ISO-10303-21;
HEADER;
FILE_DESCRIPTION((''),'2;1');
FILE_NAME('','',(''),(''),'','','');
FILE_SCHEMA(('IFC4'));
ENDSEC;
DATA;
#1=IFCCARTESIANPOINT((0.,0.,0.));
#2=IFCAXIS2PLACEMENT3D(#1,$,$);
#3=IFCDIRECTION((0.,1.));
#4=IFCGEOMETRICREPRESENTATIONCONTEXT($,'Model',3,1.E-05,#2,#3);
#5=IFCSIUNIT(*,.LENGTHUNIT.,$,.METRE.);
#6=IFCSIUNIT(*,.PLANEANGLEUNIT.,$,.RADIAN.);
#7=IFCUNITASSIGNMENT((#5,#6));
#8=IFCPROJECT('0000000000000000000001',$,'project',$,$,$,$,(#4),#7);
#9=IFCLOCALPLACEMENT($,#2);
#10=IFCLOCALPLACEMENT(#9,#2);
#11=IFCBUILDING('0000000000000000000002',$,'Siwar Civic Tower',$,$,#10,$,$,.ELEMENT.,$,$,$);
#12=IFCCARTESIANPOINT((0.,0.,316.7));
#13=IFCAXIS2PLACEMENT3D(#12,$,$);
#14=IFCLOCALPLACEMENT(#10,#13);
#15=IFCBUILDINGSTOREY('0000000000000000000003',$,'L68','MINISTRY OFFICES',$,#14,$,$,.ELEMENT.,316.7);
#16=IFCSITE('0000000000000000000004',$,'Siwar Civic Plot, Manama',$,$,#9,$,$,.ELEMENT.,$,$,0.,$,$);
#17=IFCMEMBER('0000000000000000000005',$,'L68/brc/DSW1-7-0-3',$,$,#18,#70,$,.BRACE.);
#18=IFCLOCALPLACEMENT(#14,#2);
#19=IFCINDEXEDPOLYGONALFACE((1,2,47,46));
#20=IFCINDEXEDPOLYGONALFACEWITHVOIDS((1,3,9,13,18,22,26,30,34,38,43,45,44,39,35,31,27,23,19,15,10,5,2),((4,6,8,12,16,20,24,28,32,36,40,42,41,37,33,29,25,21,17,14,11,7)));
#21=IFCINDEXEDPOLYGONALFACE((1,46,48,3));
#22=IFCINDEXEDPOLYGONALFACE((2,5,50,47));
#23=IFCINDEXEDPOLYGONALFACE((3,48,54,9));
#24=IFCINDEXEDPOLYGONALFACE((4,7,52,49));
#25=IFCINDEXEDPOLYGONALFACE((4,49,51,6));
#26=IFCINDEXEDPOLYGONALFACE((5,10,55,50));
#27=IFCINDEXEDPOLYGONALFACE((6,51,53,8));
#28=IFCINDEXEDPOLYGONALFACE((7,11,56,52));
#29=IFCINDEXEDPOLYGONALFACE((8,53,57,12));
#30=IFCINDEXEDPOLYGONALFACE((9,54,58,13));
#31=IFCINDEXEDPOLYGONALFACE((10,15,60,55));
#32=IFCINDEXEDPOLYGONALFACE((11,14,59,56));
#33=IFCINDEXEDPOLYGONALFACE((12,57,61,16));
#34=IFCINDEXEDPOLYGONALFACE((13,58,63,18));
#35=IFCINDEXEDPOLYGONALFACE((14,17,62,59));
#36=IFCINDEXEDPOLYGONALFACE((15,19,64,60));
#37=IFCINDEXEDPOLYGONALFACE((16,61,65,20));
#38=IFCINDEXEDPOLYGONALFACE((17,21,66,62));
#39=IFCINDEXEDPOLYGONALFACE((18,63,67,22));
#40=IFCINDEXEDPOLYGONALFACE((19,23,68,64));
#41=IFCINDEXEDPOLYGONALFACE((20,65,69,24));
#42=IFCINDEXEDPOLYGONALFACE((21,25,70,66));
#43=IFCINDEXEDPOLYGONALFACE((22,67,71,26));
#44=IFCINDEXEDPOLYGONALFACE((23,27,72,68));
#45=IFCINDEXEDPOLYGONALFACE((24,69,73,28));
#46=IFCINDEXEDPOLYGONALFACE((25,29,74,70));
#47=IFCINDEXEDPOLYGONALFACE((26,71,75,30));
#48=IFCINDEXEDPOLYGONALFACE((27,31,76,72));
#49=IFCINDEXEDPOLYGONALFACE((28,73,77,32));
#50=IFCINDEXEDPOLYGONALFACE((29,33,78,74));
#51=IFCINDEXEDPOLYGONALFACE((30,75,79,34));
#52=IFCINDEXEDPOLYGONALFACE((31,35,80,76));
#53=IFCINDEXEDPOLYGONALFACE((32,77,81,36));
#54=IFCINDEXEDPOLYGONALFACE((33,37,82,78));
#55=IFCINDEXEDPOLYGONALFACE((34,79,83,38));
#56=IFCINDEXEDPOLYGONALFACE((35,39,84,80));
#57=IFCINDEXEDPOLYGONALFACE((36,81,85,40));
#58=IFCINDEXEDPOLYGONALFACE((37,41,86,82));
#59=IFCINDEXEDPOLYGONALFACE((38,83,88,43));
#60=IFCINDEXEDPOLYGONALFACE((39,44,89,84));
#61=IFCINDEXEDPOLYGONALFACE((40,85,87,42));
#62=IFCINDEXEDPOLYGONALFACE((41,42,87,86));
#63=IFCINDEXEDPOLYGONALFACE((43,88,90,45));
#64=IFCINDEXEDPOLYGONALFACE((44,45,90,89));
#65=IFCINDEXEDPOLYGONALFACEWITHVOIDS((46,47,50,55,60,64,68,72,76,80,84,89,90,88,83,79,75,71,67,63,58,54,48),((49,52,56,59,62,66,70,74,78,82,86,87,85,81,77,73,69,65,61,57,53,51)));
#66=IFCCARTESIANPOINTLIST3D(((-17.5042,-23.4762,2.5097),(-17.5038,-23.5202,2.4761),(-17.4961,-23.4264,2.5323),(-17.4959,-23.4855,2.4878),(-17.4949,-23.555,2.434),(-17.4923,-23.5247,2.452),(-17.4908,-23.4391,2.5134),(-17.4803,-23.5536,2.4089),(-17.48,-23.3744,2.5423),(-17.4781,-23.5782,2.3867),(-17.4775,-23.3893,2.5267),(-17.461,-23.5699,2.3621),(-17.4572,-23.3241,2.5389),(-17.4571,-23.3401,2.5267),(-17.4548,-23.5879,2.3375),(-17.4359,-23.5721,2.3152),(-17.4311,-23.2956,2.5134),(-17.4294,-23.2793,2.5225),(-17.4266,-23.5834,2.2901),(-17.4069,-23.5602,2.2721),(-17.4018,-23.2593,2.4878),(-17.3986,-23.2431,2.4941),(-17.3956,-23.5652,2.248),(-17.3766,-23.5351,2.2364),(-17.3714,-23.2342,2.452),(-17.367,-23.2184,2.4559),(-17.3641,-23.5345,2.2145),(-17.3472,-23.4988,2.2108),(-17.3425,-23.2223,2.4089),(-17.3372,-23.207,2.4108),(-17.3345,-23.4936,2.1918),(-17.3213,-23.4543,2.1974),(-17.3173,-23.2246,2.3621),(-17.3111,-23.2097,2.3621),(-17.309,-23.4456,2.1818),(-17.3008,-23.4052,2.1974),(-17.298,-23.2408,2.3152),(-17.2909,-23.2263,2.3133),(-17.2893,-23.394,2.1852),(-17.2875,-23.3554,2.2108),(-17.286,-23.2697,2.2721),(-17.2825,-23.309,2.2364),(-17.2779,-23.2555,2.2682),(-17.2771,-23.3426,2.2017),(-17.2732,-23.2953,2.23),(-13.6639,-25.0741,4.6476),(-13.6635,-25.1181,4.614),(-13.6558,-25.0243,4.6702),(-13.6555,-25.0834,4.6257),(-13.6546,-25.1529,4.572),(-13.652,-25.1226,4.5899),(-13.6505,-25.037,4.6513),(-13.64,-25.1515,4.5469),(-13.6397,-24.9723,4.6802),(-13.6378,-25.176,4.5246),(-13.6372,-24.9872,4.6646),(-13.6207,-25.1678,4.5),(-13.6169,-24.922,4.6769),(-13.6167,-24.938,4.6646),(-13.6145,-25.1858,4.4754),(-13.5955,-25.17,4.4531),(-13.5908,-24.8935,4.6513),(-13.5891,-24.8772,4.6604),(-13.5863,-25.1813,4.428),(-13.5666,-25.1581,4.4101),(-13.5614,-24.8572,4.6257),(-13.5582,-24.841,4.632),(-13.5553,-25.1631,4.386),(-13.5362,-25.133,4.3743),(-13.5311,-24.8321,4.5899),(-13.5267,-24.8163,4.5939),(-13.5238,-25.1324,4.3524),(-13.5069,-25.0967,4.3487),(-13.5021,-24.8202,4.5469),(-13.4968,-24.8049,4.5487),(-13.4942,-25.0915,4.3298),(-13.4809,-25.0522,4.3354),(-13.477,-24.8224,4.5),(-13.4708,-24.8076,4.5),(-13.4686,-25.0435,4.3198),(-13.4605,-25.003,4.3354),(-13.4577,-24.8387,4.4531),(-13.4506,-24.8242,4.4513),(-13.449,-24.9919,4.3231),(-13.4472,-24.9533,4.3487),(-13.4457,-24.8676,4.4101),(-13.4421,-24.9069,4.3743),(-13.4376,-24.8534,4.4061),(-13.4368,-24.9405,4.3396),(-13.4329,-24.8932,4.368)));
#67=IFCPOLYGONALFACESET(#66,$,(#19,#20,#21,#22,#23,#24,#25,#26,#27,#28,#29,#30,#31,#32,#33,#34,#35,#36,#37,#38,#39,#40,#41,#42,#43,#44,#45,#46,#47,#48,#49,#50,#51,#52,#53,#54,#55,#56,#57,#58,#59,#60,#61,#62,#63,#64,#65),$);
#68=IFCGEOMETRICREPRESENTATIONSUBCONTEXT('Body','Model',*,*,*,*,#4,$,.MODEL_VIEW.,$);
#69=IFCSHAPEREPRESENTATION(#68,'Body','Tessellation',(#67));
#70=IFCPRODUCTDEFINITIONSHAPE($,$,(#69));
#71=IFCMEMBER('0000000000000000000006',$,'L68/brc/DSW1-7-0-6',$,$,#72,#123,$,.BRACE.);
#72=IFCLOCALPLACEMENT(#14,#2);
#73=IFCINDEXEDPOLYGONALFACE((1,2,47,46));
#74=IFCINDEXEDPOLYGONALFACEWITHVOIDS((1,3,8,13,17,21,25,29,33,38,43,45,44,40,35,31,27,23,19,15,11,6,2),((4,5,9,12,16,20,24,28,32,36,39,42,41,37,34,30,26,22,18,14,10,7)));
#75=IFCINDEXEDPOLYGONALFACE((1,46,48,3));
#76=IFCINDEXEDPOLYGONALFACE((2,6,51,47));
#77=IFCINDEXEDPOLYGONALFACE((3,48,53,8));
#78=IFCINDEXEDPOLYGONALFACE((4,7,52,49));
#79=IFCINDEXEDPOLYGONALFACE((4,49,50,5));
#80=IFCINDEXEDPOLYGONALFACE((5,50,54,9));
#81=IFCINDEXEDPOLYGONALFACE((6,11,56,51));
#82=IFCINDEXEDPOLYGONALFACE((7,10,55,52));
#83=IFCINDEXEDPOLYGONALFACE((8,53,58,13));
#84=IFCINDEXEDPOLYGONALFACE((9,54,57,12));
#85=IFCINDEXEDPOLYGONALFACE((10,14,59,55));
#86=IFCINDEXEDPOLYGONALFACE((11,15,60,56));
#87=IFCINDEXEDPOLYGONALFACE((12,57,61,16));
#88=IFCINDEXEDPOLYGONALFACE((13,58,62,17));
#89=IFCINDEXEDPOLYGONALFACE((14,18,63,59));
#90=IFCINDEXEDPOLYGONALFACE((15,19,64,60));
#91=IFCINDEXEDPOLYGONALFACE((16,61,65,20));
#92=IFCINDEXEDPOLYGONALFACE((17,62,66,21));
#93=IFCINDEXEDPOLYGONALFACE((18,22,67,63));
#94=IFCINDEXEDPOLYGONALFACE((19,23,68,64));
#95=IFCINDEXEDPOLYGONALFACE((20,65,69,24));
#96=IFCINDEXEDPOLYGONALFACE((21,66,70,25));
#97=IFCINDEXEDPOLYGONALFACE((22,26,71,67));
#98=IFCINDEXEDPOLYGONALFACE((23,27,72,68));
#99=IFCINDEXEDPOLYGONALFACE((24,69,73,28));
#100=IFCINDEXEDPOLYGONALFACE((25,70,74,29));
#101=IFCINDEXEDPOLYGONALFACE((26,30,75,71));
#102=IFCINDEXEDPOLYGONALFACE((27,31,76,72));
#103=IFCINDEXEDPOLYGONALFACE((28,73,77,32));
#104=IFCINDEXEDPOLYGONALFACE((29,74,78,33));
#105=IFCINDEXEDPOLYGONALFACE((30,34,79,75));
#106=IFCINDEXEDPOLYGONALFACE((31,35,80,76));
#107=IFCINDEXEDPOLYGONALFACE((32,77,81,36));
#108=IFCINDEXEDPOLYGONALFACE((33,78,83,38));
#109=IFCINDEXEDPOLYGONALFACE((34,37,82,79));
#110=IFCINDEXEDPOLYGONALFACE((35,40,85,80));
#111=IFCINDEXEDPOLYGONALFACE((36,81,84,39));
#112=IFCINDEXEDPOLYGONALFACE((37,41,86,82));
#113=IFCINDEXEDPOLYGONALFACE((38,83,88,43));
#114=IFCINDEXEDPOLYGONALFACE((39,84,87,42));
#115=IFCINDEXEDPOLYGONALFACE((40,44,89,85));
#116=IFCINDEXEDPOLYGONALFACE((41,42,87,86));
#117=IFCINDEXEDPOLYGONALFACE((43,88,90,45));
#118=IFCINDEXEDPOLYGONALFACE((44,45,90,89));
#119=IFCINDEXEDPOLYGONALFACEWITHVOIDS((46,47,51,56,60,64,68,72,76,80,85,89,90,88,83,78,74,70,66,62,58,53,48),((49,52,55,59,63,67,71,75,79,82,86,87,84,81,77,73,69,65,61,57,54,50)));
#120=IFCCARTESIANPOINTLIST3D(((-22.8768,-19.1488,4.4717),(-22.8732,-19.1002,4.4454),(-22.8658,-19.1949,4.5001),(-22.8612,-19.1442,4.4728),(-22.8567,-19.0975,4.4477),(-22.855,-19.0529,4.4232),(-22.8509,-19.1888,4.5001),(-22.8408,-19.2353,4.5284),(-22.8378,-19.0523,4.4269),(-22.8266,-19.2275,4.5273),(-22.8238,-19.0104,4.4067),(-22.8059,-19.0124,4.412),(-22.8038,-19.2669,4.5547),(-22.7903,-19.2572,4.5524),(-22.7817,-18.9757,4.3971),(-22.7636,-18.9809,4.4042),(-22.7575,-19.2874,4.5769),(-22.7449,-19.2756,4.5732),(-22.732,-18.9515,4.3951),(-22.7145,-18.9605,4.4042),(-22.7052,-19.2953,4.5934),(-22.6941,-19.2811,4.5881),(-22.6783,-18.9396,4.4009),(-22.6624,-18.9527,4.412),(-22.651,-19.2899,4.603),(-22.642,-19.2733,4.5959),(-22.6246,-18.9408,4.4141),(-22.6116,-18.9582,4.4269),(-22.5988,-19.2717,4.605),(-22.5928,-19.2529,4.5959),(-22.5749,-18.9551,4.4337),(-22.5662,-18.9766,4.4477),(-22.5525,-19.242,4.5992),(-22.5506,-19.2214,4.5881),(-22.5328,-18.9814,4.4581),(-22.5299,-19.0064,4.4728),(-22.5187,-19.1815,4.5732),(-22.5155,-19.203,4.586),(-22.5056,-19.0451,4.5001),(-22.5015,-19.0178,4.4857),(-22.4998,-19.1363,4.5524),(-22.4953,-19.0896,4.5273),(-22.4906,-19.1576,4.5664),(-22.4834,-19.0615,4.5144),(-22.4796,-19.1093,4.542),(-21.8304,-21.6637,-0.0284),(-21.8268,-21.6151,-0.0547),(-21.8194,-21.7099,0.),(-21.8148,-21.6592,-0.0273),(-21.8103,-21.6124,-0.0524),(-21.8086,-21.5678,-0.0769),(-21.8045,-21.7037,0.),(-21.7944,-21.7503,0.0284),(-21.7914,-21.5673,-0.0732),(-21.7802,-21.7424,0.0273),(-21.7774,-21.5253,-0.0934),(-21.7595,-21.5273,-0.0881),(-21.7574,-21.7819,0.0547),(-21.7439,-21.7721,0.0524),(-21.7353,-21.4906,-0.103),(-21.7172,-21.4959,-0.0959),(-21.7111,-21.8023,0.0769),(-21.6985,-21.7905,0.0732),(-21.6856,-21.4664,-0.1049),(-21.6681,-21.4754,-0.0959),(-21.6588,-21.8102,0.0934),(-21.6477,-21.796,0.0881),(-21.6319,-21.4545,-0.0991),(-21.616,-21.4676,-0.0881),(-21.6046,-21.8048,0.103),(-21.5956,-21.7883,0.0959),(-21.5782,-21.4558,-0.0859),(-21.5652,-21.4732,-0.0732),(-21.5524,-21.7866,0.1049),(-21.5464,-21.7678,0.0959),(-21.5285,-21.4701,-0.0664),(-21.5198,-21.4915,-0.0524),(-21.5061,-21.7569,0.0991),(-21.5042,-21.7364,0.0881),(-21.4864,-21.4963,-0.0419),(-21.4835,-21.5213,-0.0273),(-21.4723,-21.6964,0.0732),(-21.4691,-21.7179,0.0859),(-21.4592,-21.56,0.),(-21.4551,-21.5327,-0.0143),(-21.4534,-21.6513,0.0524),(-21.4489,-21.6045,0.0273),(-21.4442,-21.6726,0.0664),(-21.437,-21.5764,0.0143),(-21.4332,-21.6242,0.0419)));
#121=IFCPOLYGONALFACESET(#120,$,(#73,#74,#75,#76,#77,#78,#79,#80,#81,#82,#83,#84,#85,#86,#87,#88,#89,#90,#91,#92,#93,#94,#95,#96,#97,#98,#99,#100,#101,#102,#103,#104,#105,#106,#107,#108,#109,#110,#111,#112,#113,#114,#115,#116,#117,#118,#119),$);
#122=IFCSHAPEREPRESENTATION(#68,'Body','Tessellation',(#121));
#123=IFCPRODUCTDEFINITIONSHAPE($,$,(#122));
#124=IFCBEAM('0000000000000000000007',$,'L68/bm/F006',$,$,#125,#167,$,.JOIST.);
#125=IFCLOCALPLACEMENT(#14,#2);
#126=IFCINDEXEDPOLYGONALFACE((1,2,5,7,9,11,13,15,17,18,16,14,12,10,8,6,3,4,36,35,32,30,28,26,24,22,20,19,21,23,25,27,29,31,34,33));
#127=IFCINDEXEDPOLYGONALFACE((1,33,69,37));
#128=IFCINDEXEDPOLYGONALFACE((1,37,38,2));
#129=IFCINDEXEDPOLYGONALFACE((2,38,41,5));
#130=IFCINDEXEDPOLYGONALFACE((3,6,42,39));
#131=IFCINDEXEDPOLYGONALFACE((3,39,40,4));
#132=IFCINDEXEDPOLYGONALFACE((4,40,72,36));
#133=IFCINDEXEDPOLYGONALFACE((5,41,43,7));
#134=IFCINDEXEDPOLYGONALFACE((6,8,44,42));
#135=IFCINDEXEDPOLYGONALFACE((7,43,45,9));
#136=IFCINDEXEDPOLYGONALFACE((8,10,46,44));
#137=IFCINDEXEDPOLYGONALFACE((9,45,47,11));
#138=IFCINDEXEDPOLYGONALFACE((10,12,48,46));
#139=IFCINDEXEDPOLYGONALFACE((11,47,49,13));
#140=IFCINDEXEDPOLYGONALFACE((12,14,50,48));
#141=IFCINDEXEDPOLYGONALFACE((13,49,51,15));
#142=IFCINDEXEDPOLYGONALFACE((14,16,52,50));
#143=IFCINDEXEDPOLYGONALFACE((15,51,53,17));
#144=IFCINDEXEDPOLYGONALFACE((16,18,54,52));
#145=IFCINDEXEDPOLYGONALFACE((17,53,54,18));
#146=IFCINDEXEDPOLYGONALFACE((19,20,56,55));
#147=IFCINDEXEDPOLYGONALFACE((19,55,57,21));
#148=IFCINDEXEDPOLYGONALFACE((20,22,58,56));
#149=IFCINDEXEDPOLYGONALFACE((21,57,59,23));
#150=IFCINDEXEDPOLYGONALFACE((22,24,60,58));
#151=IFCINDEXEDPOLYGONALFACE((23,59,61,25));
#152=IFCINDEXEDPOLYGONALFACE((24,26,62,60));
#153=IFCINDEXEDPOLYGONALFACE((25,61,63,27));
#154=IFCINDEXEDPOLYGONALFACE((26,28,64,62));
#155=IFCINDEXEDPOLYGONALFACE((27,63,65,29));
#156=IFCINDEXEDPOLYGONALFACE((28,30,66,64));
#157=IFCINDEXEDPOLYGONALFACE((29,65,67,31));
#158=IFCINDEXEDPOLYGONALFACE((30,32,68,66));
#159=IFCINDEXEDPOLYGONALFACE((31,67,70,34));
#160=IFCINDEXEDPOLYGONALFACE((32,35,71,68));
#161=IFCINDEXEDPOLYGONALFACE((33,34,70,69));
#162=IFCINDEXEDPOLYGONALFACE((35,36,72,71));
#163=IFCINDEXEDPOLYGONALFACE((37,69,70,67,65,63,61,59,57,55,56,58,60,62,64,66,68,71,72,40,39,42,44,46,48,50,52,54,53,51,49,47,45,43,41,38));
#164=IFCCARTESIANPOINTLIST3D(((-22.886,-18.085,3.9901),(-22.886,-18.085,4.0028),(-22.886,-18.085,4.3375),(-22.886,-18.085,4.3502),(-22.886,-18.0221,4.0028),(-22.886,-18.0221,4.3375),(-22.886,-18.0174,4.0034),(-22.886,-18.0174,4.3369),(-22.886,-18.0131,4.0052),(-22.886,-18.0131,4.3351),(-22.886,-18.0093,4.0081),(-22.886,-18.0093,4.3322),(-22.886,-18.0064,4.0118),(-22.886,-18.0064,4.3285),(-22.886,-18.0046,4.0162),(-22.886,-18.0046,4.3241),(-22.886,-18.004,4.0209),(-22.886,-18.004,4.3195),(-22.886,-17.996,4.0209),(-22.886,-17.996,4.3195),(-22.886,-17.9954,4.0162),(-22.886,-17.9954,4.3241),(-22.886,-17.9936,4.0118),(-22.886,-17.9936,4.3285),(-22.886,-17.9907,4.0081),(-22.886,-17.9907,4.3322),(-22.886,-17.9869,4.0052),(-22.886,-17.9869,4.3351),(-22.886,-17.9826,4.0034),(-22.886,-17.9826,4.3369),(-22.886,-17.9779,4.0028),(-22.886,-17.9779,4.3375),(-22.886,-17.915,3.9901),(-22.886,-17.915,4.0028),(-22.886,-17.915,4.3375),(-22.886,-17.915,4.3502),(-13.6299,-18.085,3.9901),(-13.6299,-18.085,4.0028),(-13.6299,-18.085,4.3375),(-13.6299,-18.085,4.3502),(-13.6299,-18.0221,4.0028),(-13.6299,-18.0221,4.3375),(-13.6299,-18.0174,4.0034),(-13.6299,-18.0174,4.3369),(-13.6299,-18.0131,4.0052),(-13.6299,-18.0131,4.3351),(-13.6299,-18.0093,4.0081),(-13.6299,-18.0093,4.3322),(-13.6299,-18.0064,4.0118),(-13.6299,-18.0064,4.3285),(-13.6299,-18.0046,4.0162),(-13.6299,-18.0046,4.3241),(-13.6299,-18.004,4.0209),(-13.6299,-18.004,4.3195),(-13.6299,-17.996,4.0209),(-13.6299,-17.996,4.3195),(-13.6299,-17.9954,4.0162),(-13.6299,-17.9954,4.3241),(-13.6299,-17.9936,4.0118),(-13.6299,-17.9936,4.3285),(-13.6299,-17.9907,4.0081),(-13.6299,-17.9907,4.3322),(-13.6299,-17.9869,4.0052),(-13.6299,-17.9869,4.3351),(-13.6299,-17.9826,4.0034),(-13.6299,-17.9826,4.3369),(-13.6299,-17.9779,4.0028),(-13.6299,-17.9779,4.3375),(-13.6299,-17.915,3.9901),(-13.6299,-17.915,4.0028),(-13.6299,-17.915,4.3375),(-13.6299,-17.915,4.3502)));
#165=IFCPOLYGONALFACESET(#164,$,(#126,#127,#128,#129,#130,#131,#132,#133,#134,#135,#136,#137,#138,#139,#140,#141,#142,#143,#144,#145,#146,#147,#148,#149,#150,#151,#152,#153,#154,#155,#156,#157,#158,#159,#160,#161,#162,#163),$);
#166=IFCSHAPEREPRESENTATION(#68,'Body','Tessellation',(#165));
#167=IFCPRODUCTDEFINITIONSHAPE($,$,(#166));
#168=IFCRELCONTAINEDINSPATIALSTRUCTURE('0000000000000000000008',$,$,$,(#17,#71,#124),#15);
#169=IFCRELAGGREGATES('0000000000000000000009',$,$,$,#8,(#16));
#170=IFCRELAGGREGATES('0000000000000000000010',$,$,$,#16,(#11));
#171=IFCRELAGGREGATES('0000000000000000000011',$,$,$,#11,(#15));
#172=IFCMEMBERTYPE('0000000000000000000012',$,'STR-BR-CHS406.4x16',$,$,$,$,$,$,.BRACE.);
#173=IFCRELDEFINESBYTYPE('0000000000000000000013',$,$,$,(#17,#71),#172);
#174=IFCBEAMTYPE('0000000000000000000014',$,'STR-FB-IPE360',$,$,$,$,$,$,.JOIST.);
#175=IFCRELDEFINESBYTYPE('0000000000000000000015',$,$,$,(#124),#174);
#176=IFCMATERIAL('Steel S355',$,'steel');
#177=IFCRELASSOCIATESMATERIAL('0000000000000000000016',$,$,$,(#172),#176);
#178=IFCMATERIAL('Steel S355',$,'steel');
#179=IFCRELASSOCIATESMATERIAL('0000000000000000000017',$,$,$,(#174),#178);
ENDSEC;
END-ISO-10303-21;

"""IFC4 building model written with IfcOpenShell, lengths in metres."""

from ifc_helpers import new_model, si_unit, direction, frame, origin, origin_2d, place, context, subcontext, project, spatial, hollow_circle, i_section, extrude, material, material_profile, profile_set, type_object, element, save


model = new_model("IFC4")

# Units and contexts
model_context = context("Model", 3, precision=1e-05, world=origin(), true_north=direction((0.0, 1.0)))
body_context = subcontext(model_context, "Body", "Model", "MODEL_VIEW")
ifc_project = project(units=[si_unit("LENGTHUNIT", "METRE"), si_unit("PLANEANGLEUNIT", "RADIAN")], contexts=[model_context])

# Site, building, storey
site_placement = place(None, origin())
site = spatial("IfcSite", under=ifc_project, at=site_placement, Name="Siwar Civic Plot, Manama", CompositionType="ELEMENT", RefElevation=0.0)
building_placement = place(site_placement, origin())
building = spatial("IfcBuilding", under=site, at=building_placement, Name="Siwar Civic Tower", CompositionType="ELEMENT")
storey_placement = place(building_placement, frame((0.0, 0.0, 316.7)))
storey = spatial("IfcBuildingStorey", under=building, at=storey_placement, Name="L68", Description="MINISTRY OFFICES", CompositionType="ELEMENT", Elevation=316.7)

# Members
ifc_material_1 = material(Name="Steel S355", Category="steel")
ifc_material_profile_1 = material_profile(ifc_material_1, hollow_circle(Radius=0.2031, WallThickness=0.0161, at=origin_2d()), Name="CHS406.4x16")
ifc_profile_set_1 = profile_set([ifc_material_profile_1], Name="Steel S355")
member_type_1 = type_object("IfcMemberType", Name="STR-BR-CHS406.4x16", PredefinedType="BRACE", material=ifc_profile_set_1)
member_1_placement = place(storey_placement, frame((-17.3892, -23.3972, 2.3621), z_axis=(0.82115, -0.341667, 0.45714), x_axis=(0.384157, 0.923268, 0.0)))
element("IfcMember", 1, at=member_1_placement, inside=storey, type_object=member_type_1, Name="L68/brc/DSW1-7-0-3", PredefinedType="BRACE", context=body_context, shape_type="SweptSolid", body=[
    extrude(hollow_circle(Radius=0.2031, WallThickness=0.0161, at=origin_2d()), origin(), (0.0, 0.0, 1.0), 4.6768),
])
member_2_placement = place(storey_placement, frame((-21.6318, -21.6318, 0.0), z_axis=(-0.198926, 0.478099, 0.855482), x_axis=(-0.92327, -0.384151, 0.0)))
element("IfcMember", 2, at=member_2_placement, inside=storey, type_object=member_type_1, Name="L68/brc/DSW1-7-0-6", PredefinedType="BRACE", context=body_context, shape_type="SweptSolid", body=[
    extrude(hollow_circle(Radius=0.2031, WallThickness=0.0161, at=origin_2d()), origin(), (0.0, 0.0, 1.0), 5.2603),
])

# Beam
ifc_material_2 = material(Name="Steel S355", Category="steel")
ifc_material_profile_2 = material_profile(ifc_material_2, i_section(OverallWidth=0.1699, OverallDepth=0.3601, WebThickness=0.0081, FlangeThickness=0.0127, FilletRadius=0.0181, at=origin_2d()), Name="IPE360")
ifc_profile_set_2 = profile_set([ifc_material_profile_2], Name="Steel S355")
beam_type_1 = type_object("IfcBeamType", Name="STR-FB-IPE360", PredefinedType="JOIST", material=ifc_profile_set_2)
beam_1_placement = place(storey_placement, frame((-22.886, -18.0, 4.1702), z_axis=(1.0, 0.0, 0.0), x_axis=(0.0, 1.0, 0.0)))
element("IfcBeam", 3, at=beam_1_placement, inside=storey, type_object=beam_type_1, Name="L68/bm/F006", PredefinedType="JOIST", context=body_context, shape_type="SweptSolid", body=[
    extrude(i_section(OverallWidth=0.1699, OverallDepth=0.3601, WebThickness=0.0081, FlangeThickness=0.0127, FilletRadius=0.0181, at=origin_2d()), origin(), (0.0, 0.0, 1.0), 9.2561),
])

save(model, "model.ifc")
